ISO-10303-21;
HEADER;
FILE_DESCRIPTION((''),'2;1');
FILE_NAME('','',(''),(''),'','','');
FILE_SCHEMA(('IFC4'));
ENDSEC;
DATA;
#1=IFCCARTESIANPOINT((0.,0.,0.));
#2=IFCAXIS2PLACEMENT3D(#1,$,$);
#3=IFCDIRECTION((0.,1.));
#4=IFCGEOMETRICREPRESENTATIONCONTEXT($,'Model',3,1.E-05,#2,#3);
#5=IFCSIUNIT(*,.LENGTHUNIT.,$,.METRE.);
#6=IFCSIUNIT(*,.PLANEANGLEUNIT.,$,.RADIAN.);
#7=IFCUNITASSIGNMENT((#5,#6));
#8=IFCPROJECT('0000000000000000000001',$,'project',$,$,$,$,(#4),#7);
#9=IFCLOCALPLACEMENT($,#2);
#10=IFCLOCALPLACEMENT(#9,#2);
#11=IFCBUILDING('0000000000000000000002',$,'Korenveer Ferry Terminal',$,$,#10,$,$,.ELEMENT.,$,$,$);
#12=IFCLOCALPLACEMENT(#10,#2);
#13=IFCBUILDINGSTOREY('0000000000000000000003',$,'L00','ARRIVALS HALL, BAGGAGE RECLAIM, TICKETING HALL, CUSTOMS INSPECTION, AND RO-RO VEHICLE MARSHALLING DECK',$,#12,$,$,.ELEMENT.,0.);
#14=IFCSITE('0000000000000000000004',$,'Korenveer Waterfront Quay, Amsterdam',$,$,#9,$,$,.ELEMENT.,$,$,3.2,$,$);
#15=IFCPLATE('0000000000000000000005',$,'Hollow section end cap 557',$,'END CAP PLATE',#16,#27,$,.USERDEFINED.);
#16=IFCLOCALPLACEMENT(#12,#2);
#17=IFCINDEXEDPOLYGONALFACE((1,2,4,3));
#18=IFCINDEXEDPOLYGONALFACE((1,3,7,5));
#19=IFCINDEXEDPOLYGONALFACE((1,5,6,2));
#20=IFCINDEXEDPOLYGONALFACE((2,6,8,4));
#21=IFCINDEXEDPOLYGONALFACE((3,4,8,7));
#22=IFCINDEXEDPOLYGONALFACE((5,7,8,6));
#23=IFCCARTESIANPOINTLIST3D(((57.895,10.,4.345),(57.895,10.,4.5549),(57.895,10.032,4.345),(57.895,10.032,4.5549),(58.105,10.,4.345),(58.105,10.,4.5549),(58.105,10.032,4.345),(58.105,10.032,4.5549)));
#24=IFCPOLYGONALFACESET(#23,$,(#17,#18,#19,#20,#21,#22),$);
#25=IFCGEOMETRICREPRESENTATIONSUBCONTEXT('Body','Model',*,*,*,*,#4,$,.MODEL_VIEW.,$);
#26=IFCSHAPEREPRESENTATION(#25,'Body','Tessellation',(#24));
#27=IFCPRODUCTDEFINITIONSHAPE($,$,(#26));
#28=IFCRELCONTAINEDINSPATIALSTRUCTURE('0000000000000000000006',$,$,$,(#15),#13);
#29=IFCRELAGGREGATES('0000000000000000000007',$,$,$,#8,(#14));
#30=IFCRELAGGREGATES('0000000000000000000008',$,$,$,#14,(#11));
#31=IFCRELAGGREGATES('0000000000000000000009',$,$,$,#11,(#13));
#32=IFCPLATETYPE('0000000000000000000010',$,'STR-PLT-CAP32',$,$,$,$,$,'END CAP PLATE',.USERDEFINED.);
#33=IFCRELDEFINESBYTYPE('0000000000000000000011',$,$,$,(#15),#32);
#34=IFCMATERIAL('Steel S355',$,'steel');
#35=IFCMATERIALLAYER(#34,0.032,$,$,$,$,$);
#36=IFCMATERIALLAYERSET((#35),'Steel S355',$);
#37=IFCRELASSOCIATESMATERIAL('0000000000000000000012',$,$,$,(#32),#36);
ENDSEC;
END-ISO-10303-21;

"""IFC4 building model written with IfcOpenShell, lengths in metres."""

from ifc_helpers import new_model, si_unit, direction, frame, origin, origin_2d, place, context, subcontext, project, spatial, rectangle, extrude, material, layer, layer_set, type_object, element, save


model = new_model("IFC4")

# Units and contexts
model_context = context("Model", 3, precision=1e-05, world=origin(), true_north=direction((0.0, 1.0)))
body_context = subcontext(model_context, "Body", "Model", "MODEL_VIEW")
ifc_project = project(units=[si_unit("LENGTHUNIT", "METRE"), si_unit("PLANEANGLEUNIT", "RADIAN")], contexts=[model_context])

# Site, building, storey
site_placement = place(None, origin())
site = spatial("IfcSite", under=ifc_project, at=site_placement, Name="Korenveer Waterfront Quay, Amsterdam", CompositionType="ELEMENT", RefElevation=3.2)
building_placement = place(site_placement, origin())
building = spatial("IfcBuilding", under=site, at=building_placement, Name="Korenveer Ferry Terminal", CompositionType="ELEMENT")
storey_placement = place(building_placement, origin())
storey = spatial("IfcBuildingStorey", under=building, at=storey_placement, Name="L00", Description="ARRIVALS HALL, BAGGAGE RECLAIM, TICKETING HALL, CUSTOMS INSPECTION, AND RO-RO VEHICLE MARSHALLING DECK", CompositionType="ELEMENT", Elevation=0.0)

# Shared definitions
ifc_material_1 = material(Name="Steel S355", Category="steel")

# Plate
ifc_layer = layer(ifc_material_1, 0.032)
ifc_layer_set = layer_set([ifc_layer], Name="Steel S355")
plate_type = type_object("IfcPlateType", Name="STR-PLT-CAP32", ElementType="END CAP PLATE", PredefinedType="USERDEFINED", material=ifc_layer_set)
plate_placement = place(storey_placement, frame((58.0, 10.0, 4.45), z_axis=(0.0, 1.0, 0.0), x_axis=(-1.0, 0.0, 0.0)))
element("IfcPlate", 1, at=plate_placement, inside=storey, type_object=plate_type, Name="Hollow section end cap 557", ObjectType="END CAP PLATE", PredefinedType="USERDEFINED", context=body_context, shape_type="SweptSolid", body=[
    extrude(rectangle(XDim=0.21, YDim=0.21, at=origin_2d()), origin(), (0.0, 0.0, 1.0), 0.032),
])

save(model, "model.ifc")
